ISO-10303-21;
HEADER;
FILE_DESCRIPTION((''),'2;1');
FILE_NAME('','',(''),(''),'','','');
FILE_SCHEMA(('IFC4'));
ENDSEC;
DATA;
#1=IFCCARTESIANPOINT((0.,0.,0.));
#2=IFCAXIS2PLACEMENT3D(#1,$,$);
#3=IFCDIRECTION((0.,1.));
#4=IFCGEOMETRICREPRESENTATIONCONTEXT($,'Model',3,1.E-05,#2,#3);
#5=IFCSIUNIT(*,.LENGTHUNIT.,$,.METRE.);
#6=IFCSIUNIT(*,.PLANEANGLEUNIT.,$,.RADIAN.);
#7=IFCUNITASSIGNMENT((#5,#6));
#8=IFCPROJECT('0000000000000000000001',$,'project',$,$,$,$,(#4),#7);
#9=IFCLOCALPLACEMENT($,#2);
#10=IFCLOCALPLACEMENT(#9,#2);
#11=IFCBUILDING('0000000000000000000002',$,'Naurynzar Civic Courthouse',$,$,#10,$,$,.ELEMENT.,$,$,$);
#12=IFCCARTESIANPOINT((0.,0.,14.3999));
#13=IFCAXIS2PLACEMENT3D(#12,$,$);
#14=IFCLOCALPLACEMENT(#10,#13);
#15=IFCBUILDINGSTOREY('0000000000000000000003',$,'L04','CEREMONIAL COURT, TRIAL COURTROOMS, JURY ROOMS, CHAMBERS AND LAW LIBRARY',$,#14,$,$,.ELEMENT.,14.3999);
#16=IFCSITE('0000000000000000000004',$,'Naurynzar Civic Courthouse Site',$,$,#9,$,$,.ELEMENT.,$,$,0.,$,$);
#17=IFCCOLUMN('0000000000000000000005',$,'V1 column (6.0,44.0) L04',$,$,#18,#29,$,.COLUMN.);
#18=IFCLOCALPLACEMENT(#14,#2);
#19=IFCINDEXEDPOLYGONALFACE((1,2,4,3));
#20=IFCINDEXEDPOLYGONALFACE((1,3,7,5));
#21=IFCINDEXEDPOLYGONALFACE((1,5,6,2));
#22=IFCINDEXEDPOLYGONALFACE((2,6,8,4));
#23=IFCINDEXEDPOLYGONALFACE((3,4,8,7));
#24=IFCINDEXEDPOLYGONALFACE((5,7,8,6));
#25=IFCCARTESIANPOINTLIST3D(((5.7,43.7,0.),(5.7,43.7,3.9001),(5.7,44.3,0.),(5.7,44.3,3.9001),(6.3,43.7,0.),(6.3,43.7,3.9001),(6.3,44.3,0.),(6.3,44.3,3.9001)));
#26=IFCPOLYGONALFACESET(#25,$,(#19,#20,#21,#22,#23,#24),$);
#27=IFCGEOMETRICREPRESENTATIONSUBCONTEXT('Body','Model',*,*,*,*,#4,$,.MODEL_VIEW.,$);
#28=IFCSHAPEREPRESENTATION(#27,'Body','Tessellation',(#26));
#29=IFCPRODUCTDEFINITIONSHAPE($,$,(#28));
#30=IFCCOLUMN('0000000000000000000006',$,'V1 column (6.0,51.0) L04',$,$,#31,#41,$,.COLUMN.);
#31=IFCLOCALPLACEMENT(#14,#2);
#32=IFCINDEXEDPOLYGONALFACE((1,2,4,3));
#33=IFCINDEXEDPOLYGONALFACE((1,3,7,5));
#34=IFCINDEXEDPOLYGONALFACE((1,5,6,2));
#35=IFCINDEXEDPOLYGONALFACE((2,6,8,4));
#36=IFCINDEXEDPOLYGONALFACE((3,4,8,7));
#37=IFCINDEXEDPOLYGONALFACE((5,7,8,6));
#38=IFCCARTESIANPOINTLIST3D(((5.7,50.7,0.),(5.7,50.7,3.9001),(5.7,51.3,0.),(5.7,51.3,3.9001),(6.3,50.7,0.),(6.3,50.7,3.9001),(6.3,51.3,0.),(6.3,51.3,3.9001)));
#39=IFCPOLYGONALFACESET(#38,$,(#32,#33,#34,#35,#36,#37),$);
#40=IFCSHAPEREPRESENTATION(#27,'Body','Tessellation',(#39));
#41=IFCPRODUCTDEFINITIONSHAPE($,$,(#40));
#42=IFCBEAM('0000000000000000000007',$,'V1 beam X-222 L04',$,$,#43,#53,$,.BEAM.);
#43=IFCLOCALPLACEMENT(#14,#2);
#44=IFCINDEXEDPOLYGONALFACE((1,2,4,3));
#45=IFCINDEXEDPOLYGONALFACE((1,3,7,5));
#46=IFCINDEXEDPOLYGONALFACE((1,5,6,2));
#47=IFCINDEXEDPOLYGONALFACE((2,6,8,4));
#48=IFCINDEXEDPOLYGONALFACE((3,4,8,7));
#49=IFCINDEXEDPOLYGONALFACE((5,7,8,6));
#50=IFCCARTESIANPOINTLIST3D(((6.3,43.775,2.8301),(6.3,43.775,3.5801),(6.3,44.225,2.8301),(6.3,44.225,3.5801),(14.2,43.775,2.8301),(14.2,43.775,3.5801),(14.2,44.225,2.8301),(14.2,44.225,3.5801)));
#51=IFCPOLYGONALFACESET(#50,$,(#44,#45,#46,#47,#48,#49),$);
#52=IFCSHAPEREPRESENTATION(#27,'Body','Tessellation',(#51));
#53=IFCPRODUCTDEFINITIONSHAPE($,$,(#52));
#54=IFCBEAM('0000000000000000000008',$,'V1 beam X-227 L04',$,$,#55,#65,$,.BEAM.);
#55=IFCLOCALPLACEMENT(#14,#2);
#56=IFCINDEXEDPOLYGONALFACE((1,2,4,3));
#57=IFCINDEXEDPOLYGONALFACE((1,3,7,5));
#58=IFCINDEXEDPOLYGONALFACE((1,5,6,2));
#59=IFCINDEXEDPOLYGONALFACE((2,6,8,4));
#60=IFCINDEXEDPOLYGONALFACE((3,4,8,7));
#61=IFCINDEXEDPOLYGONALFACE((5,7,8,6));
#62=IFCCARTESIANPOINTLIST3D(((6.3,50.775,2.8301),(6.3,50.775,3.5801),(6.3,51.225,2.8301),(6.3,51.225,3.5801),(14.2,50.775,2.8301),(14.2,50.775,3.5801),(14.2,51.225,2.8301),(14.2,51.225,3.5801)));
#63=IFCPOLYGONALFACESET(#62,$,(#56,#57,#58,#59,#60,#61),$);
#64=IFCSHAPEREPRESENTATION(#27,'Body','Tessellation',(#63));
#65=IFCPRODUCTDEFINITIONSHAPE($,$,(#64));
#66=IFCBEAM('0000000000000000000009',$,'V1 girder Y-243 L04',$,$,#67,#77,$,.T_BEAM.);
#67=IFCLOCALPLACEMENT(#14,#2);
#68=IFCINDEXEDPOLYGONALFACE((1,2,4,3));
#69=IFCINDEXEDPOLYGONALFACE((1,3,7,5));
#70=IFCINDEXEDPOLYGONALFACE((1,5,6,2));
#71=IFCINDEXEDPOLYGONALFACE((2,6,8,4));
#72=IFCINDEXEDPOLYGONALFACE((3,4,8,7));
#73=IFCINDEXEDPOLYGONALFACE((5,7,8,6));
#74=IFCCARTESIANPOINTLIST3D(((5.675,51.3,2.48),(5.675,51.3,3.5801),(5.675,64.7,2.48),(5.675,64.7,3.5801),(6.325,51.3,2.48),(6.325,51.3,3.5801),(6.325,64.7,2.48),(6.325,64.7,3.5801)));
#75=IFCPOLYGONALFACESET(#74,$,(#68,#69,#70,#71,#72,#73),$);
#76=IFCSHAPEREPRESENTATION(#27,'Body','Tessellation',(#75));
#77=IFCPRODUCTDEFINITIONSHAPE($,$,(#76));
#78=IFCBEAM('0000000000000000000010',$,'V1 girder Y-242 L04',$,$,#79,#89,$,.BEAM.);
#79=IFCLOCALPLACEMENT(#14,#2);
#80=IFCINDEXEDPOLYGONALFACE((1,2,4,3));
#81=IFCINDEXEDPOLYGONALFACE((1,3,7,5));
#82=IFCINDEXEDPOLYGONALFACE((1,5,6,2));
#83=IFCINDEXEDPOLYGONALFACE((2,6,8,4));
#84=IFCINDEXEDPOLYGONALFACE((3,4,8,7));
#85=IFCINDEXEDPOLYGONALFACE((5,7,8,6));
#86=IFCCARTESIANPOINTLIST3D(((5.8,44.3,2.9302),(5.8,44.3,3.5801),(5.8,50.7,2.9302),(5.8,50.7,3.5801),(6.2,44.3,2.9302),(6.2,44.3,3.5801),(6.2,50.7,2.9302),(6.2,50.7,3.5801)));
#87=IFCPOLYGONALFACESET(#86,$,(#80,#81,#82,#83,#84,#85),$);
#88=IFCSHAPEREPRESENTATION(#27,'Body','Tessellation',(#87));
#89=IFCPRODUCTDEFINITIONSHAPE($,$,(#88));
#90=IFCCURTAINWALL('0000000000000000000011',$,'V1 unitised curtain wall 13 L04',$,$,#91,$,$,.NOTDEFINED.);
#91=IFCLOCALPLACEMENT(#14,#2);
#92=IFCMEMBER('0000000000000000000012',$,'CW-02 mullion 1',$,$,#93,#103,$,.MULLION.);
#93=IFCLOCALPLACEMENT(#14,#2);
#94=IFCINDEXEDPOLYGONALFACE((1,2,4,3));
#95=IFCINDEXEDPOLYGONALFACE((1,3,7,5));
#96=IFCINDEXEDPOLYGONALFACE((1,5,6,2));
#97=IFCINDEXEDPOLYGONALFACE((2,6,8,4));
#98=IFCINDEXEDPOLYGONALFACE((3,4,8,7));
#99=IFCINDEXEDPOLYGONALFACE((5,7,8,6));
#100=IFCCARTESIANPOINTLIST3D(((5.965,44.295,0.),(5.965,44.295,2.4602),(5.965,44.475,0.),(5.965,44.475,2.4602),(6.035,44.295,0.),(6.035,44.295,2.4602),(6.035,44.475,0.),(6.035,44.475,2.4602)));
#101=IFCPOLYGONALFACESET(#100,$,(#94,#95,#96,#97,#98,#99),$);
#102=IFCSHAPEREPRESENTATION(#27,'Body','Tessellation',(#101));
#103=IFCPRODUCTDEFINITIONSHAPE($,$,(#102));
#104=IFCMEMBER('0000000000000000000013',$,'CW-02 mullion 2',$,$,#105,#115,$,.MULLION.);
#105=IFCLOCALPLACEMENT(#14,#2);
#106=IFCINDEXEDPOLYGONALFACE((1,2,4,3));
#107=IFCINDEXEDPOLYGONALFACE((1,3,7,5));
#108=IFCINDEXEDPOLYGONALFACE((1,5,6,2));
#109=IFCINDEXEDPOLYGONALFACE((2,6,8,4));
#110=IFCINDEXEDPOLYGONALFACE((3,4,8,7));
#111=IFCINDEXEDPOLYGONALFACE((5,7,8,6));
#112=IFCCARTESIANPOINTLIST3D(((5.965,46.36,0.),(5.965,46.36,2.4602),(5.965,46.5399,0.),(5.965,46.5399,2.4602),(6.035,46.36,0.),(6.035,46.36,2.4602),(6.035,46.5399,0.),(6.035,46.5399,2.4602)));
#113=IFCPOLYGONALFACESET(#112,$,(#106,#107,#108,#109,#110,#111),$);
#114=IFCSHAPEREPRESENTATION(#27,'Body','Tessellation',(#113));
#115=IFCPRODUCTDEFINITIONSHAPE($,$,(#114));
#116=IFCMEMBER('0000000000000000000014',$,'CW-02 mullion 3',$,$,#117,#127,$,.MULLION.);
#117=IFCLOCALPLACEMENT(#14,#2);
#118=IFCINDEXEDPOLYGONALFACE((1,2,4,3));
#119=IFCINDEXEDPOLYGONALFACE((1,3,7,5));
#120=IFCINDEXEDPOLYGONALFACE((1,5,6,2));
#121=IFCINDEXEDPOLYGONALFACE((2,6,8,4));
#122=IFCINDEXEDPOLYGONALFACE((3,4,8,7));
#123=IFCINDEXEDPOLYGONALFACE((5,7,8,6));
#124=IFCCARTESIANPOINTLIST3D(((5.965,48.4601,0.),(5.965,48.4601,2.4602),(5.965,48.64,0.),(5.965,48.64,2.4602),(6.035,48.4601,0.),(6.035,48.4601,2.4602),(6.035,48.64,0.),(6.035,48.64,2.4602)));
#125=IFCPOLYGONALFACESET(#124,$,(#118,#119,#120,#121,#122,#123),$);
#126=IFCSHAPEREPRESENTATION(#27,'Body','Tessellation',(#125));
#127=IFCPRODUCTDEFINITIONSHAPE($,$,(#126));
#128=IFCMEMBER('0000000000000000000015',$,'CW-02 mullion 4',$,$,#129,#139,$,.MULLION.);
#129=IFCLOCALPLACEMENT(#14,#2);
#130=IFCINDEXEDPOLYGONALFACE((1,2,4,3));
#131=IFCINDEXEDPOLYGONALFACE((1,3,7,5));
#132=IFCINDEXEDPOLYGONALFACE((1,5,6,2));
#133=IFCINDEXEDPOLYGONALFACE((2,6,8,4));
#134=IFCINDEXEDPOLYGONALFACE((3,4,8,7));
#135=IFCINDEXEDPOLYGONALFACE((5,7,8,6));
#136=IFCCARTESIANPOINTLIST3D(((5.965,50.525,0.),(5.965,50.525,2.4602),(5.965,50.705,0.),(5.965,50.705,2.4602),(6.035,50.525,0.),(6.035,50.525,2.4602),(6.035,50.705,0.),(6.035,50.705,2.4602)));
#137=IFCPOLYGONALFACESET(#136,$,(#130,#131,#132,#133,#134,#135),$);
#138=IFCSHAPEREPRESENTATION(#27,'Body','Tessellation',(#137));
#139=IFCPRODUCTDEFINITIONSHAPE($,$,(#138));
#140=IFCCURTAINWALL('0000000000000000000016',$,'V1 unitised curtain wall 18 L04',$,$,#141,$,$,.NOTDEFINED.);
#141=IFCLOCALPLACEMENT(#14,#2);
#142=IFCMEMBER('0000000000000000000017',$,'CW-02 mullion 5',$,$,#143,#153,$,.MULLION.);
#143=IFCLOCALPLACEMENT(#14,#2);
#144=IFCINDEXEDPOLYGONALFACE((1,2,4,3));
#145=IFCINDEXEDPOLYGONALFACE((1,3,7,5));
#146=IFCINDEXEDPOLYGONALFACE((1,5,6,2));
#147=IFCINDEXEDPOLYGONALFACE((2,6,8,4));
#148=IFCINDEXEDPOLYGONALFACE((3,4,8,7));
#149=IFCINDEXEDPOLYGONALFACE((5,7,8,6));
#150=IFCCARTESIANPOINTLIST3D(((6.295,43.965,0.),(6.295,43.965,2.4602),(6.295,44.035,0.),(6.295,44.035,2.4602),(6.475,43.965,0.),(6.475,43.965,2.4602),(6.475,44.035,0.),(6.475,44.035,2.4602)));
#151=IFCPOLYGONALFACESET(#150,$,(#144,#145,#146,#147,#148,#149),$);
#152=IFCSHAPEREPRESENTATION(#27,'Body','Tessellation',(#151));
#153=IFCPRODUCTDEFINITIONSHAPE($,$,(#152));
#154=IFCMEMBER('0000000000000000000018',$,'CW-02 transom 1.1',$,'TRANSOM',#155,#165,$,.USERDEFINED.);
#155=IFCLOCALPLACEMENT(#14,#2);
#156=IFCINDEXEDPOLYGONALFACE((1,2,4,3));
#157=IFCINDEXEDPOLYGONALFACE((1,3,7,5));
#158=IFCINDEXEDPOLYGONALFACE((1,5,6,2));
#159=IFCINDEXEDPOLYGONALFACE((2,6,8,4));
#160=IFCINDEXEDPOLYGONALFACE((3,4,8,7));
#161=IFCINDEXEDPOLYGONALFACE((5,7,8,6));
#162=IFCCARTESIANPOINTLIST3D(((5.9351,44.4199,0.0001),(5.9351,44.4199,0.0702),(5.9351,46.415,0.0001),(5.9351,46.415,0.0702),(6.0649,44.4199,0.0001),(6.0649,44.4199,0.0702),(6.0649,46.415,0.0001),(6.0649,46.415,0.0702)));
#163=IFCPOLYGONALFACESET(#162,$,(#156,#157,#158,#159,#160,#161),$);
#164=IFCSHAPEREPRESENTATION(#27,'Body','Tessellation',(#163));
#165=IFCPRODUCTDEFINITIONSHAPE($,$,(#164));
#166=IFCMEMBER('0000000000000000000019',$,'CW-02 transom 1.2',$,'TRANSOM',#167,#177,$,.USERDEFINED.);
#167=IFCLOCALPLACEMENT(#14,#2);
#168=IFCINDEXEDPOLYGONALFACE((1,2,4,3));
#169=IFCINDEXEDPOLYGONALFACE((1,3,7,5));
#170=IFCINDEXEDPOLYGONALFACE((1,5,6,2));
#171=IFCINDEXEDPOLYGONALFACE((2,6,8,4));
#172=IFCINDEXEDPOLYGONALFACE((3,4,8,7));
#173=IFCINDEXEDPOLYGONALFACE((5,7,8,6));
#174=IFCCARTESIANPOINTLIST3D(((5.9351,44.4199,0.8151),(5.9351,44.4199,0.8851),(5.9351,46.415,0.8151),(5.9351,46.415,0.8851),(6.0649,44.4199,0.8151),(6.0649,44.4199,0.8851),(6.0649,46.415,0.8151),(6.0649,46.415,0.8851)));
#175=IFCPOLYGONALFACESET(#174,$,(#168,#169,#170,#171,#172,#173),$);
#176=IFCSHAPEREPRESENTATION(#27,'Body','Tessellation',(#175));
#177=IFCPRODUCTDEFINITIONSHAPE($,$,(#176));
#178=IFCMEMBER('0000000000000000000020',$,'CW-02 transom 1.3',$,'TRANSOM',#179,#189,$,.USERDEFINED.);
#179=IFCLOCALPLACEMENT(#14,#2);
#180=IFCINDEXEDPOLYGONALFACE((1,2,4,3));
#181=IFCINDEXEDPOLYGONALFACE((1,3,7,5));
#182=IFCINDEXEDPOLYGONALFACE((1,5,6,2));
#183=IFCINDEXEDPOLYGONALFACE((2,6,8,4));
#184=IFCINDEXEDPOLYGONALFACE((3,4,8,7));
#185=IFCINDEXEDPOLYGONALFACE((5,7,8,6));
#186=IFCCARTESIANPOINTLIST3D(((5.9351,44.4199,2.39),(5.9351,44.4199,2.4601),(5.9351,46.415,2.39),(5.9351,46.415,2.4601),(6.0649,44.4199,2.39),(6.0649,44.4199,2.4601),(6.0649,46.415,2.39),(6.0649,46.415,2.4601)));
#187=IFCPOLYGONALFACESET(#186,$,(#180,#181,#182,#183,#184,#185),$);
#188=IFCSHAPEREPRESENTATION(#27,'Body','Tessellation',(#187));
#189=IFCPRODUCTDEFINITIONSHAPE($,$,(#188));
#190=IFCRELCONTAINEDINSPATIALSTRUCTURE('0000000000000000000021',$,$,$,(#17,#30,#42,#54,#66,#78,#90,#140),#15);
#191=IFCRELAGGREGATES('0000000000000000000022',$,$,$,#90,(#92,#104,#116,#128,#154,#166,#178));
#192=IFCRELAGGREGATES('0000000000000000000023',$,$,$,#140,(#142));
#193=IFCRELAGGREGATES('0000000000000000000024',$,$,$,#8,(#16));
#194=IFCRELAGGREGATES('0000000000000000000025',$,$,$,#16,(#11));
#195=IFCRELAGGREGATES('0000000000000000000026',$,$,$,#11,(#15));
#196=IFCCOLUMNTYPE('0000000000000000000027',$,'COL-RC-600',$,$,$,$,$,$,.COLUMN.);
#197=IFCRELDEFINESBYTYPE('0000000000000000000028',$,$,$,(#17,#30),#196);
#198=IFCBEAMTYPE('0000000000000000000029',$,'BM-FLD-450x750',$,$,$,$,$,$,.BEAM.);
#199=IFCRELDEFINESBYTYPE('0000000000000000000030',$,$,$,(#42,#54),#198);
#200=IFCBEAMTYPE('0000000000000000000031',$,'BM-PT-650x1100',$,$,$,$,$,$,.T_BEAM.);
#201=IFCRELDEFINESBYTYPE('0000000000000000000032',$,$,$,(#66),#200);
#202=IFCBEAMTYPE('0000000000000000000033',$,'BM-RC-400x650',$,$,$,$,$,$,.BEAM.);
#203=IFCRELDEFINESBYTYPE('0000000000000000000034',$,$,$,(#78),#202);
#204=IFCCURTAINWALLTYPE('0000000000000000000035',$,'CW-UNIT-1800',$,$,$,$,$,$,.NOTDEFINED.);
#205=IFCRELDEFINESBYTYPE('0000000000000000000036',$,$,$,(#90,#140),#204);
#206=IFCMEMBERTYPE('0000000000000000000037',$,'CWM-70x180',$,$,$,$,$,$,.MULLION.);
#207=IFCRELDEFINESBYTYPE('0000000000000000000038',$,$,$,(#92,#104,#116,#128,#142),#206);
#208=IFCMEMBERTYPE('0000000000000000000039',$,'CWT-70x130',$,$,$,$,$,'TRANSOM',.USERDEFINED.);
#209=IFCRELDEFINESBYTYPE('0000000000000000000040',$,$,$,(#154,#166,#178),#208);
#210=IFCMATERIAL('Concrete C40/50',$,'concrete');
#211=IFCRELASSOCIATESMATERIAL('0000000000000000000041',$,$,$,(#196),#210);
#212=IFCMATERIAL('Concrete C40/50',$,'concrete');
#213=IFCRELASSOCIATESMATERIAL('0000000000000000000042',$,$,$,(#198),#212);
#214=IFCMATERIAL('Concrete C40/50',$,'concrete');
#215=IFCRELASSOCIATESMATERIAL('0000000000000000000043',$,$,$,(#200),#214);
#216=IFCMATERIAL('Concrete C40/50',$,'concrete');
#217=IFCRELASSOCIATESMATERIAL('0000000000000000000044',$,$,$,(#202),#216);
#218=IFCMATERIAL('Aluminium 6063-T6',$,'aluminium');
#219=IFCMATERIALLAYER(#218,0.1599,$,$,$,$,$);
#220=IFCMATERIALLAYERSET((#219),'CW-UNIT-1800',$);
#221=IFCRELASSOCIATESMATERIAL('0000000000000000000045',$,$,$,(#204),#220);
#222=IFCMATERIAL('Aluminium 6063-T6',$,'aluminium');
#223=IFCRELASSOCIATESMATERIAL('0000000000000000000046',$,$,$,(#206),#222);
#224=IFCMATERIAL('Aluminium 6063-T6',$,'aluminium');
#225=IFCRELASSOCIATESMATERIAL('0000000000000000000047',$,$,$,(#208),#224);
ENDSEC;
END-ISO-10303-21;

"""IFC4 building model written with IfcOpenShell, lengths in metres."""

from ifc_helpers import new_model, si_unit, direction, frame, origin, origin_2d, place, context, subcontext, project, spatial, rectangle, extrude, material, layer, layer_set, material_profile, profile_set, type_object, element, aggregate, save


model = new_model("IFC4")

# Units and contexts
model_context = context("Model", 3, precision=1e-05, world=origin(), true_north=direction((0.0, 1.0)))
body_context = subcontext(model_context, "Body", "Model", "MODEL_VIEW")
ifc_project = project(units=[si_unit("LENGTHUNIT", "METRE"), si_unit("PLANEANGLEUNIT", "RADIAN")], contexts=[model_context])

# Site, building, storey
site_placement = place(None, origin())
site = spatial("IfcSite", under=ifc_project, at=site_placement, Name="Naurynzar Civic Courthouse Site", CompositionType="ELEMENT", RefElevation=0.0)
building_placement = place(site_placement, origin())
building = spatial("IfcBuilding", under=site, at=building_placement, Name="Naurynzar Civic Courthouse", CompositionType="ELEMENT")
storey_placement = place(building_placement, frame((0.0, 0.0, 14.3999)))
storey = spatial("IfcBuildingStorey", under=building, at=storey_placement, Name="L04", Description="CEREMONIAL COURT, TRIAL COURTROOMS, JURY ROOMS, CHAMBERS AND LAW LIBRARY", CompositionType="ELEMENT", Elevation=14.3999)

# Columns
ifc_material_1 = material(Name="Concrete C40/50", Category="concrete")
ifc_material_profile_1 = material_profile(ifc_material_1, rectangle(XDim=0.6001, YDim=0.6001, at=origin_2d()), Name="RC 600x600")
ifc_profile_set_1 = profile_set([ifc_material_profile_1], Name="Concrete C40/50")
column_type = type_object("IfcColumnType", Name="COL-RC-600", PredefinedType="COLUMN", material=ifc_profile_set_1)
for number, where, z_axis, x_axis, name in (
    (1, (6.0, 44.0, 0.0), (0.0, 0.0, 1.0), (1.0, 0.0, 0.0), "V1 column (6.0,44.0) L04"),
    (2, (6.0, 51.0, 0.0), (0.0, 0.0, 1.0), (1.0, 0.0, 0.0), "V1 column (6.0,51.0) L04"),
):
    element("IfcColumn", number, at=place(storey_placement, frame(where, z_axis=z_axis, x_axis=x_axis)), inside=storey, type_object=column_type, Name=name, PredefinedType="COLUMN", context=body_context, shape_type="SweptSolid", body=[
        extrude(rectangle(XDim=0.6001, YDim=0.6001, at=origin_2d()), origin(), (0.0, 0.0, 1.0), 3.9001),
    ])

# Beams
ifc_material_2 = material(Name="Concrete C40/50", Category="concrete")
ifc_material_profile_2 = material_profile(ifc_material_2, rectangle(XDim=0.45, YDim=0.75, at=origin_2d()), Name="RCF 450x750")
ifc_profile_set_2 = profile_set([ifc_material_profile_2], Name="Concrete C40/50")
beam_type_1 = type_object("IfcBeamType", Name="BM-FLD-450x750", PredefinedType="BEAM", material=ifc_profile_set_2)
for number, where, z_axis, x_axis, name in (
    (3, (6.3, 44.0, 3.2051), (1.0, 0.0, 0.0), (0.0, 1.0, 0.0), "V1 beam X-222 L04"),
    (4, (6.3, 51.0, 3.2051), (1.0, 0.0, 0.0), (0.0, 1.0, 0.0), "V1 beam X-227 L04"),
):
    element("IfcBeam", number, at=place(storey_placement, frame(where, z_axis=z_axis, x_axis=x_axis)), inside=storey, type_object=beam_type_1, Name=name, PredefinedType="BEAM", context=body_context, shape_type="SweptSolid", body=[
        extrude(rectangle(XDim=0.45, YDim=0.75, at=origin_2d()), origin(), (0.0, 0.0, 1.0), 7.8999),
    ])
ifc_material_3 = material(Name="Concrete C40/50", Category="concrete")
ifc_material_profile_3 = material_profile(ifc_material_3, rectangle(XDim=0.6499, YDim=1.1001, at=origin_2d()), Name="PTB 650x1100")
ifc_profile_set_3 = profile_set([ifc_material_profile_3], Name="Concrete C40/50")
beam_type_2 = type_object("IfcBeamType", Name="BM-PT-650x1100", PredefinedType="T_BEAM", material=ifc_profile_set_3)
beam_1_placement = place(storey_placement, frame((6.0, 51.3, 3.03), z_axis=(0.0, 1.0, 0.0), x_axis=(-1.0, 0.0, 0.0)))
element("IfcBeam", 5, at=beam_1_placement, inside=storey, type_object=beam_type_2, Name="V1 girder Y-243 L04", PredefinedType="T_BEAM", context=body_context, shape_type="SweptSolid", body=[
    extrude(rectangle(XDim=0.6499, YDim=1.1001, at=origin_2d()), origin(), (0.0, 0.0, 1.0), 13.3999),
])
ifc_material_4 = material(Name="Concrete C40/50", Category="concrete")
ifc_material_profile_4 = material_profile(ifc_material_4, rectangle(XDim=0.3999, YDim=0.6499, at=origin_2d()), Name="RCB 400x650")
ifc_profile_set_4 = profile_set([ifc_material_profile_4], Name="Concrete C40/50")
beam_type_3 = type_object("IfcBeamType", Name="BM-RC-400x650", PredefinedType="BEAM", material=ifc_profile_set_4)
beam_2_placement = place(storey_placement, frame((6.0, 44.3, 3.2551), z_axis=(0.0, 1.0, 0.0), x_axis=(-1.0, 0.0, 0.0)))
element("IfcBeam", 6, at=beam_2_placement, inside=storey, type_object=beam_type_3, Name="V1 girder Y-242 L04", PredefinedType="BEAM", context=body_context, shape_type="SweptSolid", body=[
    extrude(rectangle(XDim=0.3999, YDim=0.6499, at=origin_2d()), origin(), (0.0, 0.0, 1.0), 6.3999),
])

# Curtain wall, members
ifc_material_5 = material(Name="Aluminium 6063-T6", Category="aluminium")
ifc_layer_1 = layer(ifc_material_5, 0.1599)
ifc_layer_set_1 = layer_set([ifc_layer_1], Name="CW-UNIT-1800")
curtain_wall_type = type_object("IfcCurtainWallType", Name="CW-UNIT-1800", PredefinedType="NOTDEFINED", material=ifc_layer_set_1)
curtain_wall_1_placement = place(storey_placement, origin())
curtain_wall_1 = element("IfcCurtainWall", 7, at=curtain_wall_1_placement, inside=storey, type_object=curtain_wall_type, Name="V1 unitised curtain wall 13 L04", PredefinedType="NOTDEFINED")
ifc_material_6 = material(Name="Aluminium 6063-T6", Category="aluminium")
ifc_material_profile_5 = material_profile(ifc_material_6, rectangle(XDim=0.0701, YDim=0.1799, at=origin_2d()), Name="ALU MULLION 70x180")
ifc_profile_set_5 = profile_set([ifc_material_profile_5], Name="Aluminium 6063-T6")
member_type_1 = type_object("IfcMemberType", Name="CWM-70x180", PredefinedType="MULLION", material=ifc_profile_set_5)
member_1_placement = place(storey_placement, frame((6.0, 44.385, 0.0), z_axis=(0.0, 0.0, 1.0), x_axis=(-1.0, 0.0, 0.0)))
member_1 = element("IfcMember", 8, at=member_1_placement, type_object=member_type_1, Name="CW-02 mullion 1", PredefinedType="MULLION", context=body_context, shape_type="SweptSolid", body=[
    extrude(rectangle(XDim=0.0701, YDim=0.1799, at=origin_2d()), origin(), (0.0, 0.0, 1.0), 2.4602),
])
member_2_placement = place(storey_placement, frame((6.0, 46.45, 0.0), z_axis=(0.0, 0.0, 1.0), x_axis=(-1.0, 0.0, 0.0)))
member_2 = element("IfcMember", 9, at=member_2_placement, type_object=member_type_1, Name="CW-02 mullion 2", PredefinedType="MULLION", context=body_context, shape_type="SweptSolid", body=[
    extrude(rectangle(XDim=0.0701, YDim=0.1799, at=origin_2d()), origin(), (0.0, 0.0, 1.0), 2.4602),
])
member_3_placement = place(storey_placement, frame((6.0, 48.55, 0.0), z_axis=(0.0, 0.0, 1.0), x_axis=(-1.0, 0.0, 0.0)))
member_3 = element("IfcMember", 10, at=member_3_placement, type_object=member_type_1, Name="CW-02 mullion 3", PredefinedType="MULLION", context=body_context, shape_type="SweptSolid", body=[
    extrude(rectangle(XDim=0.0701, YDim=0.1799, at=origin_2d()), origin(), (0.0, 0.0, 1.0), 2.4602),
])
member_4_placement = place(storey_placement, frame((6.0, 50.615, 0.0), z_axis=(0.0, 0.0, 1.0), x_axis=(-1.0, 0.0, 0.0)))
member_4 = element("IfcMember", 11, at=member_4_placement, type_object=member_type_1, Name="CW-02 mullion 4", PredefinedType="MULLION", context=body_context, shape_type="SweptSolid", body=[
    extrude(rectangle(XDim=0.0701, YDim=0.1799, at=origin_2d()), origin(), (0.0, 0.0, 1.0), 2.4602),
])

# Curtain wall, member
curtain_wall_2_placement = place(storey_placement, origin())
curtain_wall_2 = element("IfcCurtainWall", 12, at=curtain_wall_2_placement, inside=storey, type_object=curtain_wall_type, Name="V1 unitised curtain wall 18 L04", PredefinedType="NOTDEFINED")
member_5_placement = place(storey_placement, frame((6.385, 44.0, 0.0), z_axis=(0.0, 0.0, 1.0), x_axis=(0.0, -1.0, 0.0)))
member_5 = element("IfcMember", 13, at=member_5_placement, type_object=member_type_1, Name="CW-02 mullion 5", PredefinedType="MULLION", context=body_context, shape_type="SweptSolid", body=[
    extrude(rectangle(XDim=0.0701, YDim=0.1799, at=origin_2d()), origin(), (0.0, 0.0, 1.0), 2.4602),
])

# Members
ifc_material_7 = material(Name="Aluminium 6063-T6", Category="aluminium")
ifc_material_profile_6 = material_profile(ifc_material_7, rectangle(XDim=0.1299, YDim=0.0701, at=origin_2d()), Name="ALU TRANSOM 70x130")
ifc_profile_set_6 = profile_set([ifc_material_profile_6], Name="Aluminium 6063-T6")
member_type_2 = type_object("IfcMemberType", Name="CWT-70x130", ElementType="TRANSOM", PredefinedType="USERDEFINED", material=ifc_profile_set_6)
member_6_placement = place(storey_placement, frame((6.0, 44.4199, 0.0352), z_axis=(0.0, 1.0, 0.0), x_axis=(-1.0, 0.0, 0.0)))
member_6 = element("IfcMember", 14, at=member_6_placement, type_object=member_type_2, Name="CW-02 transom 1.1", ObjectType="TRANSOM", PredefinedType="USERDEFINED", context=body_context, shape_type="SweptSolid", body=[
    extrude(rectangle(XDim=0.1299, YDim=0.0701, at=origin_2d()), origin(), (0.0, 0.0, 1.0), 1.9951),
])
member_7_placement = place(storey_placement, frame((6.0, 44.4199, 0.8501), z_axis=(0.0, 1.0, 0.0), x_axis=(-1.0, 0.0, 0.0)))
member_7 = element("IfcMember", 15, at=member_7_placement, type_object=member_type_2, Name="CW-02 transom 1.2", ObjectType="TRANSOM", PredefinedType="USERDEFINED", context=body_context, shape_type="SweptSolid", body=[
    extrude(rectangle(XDim=0.1299, YDim=0.0701, at=origin_2d()), origin(), (0.0, 0.0, 1.0), 1.9951),
])
member_8_placement = place(storey_placement, frame((6.0, 44.4199, 2.425), z_axis=(0.0, 1.0, 0.0), x_axis=(-1.0, 0.0, 0.0)))
member_8 = element("IfcMember", 16, at=member_8_placement, type_object=member_type_2, Name="CW-02 transom 1.3", ObjectType="TRANSOM", PredefinedType="USERDEFINED", context=body_context, shape_type="SweptSolid", body=[
    extrude(rectangle(XDim=0.1299, YDim=0.0701, at=origin_2d()), origin(), (0.0, 0.0, 1.0), 1.9951),
])

aggregate(curtain_wall_1, [member_1, member_2, member_3, member_4, member_6, member_7, member_8])
aggregate(curtain_wall_2, [member_5])

save(model, "model.ifc")
